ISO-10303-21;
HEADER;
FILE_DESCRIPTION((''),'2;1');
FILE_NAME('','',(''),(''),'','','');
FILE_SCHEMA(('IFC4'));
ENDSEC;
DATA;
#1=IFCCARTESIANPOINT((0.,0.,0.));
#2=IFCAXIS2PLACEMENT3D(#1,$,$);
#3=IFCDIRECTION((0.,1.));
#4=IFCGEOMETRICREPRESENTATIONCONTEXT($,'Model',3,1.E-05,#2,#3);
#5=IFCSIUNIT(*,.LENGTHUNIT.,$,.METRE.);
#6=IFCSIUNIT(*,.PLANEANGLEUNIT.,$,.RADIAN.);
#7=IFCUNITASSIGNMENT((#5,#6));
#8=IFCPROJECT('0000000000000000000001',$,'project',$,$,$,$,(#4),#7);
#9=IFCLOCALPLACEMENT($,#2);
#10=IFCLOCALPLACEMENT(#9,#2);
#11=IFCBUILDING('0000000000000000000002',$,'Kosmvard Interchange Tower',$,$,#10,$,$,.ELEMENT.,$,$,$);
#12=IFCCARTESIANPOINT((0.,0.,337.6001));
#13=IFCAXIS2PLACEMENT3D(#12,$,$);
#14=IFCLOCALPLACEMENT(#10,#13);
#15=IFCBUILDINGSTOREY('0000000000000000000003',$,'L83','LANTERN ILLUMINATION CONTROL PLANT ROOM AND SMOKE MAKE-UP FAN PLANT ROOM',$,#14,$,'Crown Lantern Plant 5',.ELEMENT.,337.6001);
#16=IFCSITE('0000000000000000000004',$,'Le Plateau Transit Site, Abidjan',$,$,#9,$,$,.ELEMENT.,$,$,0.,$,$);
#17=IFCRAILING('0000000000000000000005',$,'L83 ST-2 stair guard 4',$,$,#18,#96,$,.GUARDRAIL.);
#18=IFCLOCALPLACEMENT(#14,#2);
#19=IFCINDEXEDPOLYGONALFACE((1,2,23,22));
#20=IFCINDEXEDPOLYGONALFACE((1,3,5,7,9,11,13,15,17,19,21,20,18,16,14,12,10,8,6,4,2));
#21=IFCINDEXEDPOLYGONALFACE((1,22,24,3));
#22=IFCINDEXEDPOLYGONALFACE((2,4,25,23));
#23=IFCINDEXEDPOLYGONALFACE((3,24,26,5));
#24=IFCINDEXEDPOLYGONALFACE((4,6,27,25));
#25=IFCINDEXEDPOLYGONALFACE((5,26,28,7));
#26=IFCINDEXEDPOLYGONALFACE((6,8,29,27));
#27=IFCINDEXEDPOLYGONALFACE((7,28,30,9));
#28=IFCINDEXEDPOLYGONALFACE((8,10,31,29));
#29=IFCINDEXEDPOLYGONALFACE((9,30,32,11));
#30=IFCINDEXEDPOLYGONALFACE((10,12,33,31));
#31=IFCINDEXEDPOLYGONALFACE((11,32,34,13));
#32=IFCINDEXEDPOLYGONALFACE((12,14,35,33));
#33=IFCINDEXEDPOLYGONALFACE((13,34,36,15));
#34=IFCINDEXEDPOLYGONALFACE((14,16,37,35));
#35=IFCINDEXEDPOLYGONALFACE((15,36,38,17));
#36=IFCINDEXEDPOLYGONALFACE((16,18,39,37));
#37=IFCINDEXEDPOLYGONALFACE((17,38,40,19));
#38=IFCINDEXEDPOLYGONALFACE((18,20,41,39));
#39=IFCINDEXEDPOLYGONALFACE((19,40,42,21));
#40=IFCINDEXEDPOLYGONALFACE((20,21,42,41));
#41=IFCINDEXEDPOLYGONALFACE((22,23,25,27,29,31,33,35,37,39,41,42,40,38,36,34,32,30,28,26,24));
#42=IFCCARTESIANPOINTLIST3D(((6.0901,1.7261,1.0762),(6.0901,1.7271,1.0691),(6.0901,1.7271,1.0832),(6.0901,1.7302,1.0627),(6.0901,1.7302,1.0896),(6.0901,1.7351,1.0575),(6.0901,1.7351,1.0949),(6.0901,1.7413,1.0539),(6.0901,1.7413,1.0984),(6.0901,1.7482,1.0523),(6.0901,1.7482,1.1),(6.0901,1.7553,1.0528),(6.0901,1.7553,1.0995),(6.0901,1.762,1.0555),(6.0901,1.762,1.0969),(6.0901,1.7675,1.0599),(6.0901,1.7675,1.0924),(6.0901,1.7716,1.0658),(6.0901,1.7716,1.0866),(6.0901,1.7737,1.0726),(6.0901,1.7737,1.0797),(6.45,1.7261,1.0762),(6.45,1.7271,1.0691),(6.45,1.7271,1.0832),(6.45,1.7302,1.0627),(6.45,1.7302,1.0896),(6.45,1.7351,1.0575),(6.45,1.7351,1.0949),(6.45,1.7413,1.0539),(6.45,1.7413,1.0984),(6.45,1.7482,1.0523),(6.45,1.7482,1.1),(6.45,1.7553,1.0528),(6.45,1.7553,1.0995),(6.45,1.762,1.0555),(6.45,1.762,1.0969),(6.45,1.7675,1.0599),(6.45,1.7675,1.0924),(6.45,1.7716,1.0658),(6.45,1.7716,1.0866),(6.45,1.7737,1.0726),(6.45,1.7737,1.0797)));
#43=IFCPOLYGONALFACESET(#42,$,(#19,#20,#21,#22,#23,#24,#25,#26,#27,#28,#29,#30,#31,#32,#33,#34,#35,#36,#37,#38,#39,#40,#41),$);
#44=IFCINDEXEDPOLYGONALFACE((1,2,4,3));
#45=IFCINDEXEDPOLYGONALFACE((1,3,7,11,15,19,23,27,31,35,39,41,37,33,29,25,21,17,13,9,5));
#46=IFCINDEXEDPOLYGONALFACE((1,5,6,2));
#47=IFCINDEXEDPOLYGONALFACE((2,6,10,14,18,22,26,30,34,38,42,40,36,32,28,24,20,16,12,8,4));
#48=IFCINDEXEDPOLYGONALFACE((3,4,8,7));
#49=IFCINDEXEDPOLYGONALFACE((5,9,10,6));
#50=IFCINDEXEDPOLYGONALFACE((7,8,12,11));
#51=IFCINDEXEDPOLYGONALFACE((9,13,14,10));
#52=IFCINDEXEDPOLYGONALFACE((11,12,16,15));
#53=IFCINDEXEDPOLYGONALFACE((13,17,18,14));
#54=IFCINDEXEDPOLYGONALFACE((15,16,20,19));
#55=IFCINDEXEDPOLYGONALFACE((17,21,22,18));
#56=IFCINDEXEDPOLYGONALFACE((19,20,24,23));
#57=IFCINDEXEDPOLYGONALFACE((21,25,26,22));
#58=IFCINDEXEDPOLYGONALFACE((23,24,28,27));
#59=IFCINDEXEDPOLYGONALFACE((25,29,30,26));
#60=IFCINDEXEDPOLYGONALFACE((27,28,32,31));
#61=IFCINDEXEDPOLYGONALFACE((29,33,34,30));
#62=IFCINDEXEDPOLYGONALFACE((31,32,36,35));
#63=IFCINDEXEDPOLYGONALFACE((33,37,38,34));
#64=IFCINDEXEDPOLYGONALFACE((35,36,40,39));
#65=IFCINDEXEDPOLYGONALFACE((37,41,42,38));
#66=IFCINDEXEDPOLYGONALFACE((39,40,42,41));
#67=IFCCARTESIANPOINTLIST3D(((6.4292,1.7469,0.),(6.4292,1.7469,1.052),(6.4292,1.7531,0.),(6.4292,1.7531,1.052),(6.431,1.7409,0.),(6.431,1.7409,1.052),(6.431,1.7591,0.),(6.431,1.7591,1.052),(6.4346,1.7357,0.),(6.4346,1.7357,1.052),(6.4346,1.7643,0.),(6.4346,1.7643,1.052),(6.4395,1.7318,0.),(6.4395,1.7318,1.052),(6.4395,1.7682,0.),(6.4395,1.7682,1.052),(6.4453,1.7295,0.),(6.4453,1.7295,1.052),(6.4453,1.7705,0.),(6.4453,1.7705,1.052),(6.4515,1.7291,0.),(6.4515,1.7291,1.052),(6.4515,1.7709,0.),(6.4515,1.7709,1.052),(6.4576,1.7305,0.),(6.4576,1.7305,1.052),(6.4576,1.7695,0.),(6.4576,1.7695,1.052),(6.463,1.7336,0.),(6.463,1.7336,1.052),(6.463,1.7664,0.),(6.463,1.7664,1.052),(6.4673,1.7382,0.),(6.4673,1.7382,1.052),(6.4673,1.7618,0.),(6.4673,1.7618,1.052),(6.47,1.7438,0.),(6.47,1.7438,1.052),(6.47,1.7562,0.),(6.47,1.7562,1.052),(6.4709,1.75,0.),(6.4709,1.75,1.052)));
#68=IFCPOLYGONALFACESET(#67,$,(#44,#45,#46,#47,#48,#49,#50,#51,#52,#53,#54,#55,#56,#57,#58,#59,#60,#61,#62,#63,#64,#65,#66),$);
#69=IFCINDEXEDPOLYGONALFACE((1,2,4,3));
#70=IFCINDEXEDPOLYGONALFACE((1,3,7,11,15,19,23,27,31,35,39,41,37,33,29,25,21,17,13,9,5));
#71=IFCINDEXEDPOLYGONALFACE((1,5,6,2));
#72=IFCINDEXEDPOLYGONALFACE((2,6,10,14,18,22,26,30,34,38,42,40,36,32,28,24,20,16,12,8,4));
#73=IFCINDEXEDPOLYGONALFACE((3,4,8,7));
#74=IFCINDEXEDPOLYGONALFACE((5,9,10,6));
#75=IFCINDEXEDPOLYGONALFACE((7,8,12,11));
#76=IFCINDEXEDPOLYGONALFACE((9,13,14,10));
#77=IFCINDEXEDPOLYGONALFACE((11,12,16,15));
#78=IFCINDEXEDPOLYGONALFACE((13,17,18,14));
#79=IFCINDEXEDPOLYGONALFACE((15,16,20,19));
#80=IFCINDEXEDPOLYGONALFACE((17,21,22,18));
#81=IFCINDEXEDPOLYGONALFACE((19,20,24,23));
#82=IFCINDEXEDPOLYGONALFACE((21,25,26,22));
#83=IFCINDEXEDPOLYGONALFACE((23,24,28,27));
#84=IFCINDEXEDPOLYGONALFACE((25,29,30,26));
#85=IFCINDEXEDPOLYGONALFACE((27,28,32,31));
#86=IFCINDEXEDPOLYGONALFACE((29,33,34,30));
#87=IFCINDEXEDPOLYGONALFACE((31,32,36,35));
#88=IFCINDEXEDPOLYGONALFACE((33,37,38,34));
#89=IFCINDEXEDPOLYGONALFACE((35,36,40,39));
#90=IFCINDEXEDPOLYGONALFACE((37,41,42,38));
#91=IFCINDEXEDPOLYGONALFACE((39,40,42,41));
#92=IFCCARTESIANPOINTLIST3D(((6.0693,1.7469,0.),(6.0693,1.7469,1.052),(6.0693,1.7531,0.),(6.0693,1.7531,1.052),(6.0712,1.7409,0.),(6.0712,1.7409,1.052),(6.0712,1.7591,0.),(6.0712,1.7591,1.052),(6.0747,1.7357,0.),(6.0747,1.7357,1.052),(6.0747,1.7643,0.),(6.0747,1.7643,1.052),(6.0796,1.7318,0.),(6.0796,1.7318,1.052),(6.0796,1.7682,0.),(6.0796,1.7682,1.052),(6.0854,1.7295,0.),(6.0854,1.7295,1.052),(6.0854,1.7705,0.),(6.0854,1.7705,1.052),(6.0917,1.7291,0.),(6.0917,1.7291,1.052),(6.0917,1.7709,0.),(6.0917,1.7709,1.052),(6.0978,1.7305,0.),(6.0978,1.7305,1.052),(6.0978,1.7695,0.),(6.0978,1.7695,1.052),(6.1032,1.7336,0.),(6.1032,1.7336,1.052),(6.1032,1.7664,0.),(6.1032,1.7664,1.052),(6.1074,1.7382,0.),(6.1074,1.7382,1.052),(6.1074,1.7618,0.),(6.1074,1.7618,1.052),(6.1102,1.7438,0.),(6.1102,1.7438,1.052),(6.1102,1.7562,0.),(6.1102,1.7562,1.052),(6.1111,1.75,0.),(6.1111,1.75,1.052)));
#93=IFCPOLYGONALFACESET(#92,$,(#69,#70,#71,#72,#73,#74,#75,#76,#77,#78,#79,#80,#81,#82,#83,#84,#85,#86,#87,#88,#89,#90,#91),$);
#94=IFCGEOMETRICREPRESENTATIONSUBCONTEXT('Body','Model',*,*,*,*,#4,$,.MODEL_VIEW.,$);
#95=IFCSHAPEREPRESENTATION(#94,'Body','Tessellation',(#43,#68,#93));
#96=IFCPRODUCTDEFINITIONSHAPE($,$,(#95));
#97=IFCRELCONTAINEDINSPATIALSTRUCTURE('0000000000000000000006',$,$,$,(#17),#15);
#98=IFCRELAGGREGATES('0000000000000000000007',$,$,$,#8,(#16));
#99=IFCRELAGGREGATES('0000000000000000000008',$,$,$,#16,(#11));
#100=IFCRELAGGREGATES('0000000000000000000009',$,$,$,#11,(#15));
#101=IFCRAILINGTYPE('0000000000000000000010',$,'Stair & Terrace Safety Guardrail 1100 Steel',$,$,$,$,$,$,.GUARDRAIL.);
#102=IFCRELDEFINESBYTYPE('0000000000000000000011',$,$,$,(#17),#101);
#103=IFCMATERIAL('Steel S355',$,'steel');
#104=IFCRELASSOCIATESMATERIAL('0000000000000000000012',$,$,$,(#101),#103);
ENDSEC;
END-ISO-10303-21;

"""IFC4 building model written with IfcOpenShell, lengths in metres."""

from ifc_helpers import new_model, si_unit, direction, frame, origin, origin_2d, place, context, subcontext, project, spatial, circle, extrude, source, transform, mapped, material, type_object, element, save


model = new_model("IFC4")

# Units and contexts
model_context = context("Model", 3, precision=1e-05, world=origin(), true_north=direction((0.0, 1.0)))
body_context = subcontext(model_context, "Body", "Model", "MODEL_VIEW")
ifc_project = project(units=[si_unit("LENGTHUNIT", "METRE"), si_unit("PLANEANGLEUNIT", "RADIAN")], contexts=[model_context])

# Site, building, storey
site_placement = place(None, origin())
site = spatial("IfcSite", under=ifc_project, at=site_placement, Name="Le Plateau Transit Site, Abidjan", CompositionType="ELEMENT", RefElevation=0.0)
building_placement = place(site_placement, origin())
building = spatial("IfcBuilding", under=site, at=building_placement, Name="Kosmvard Interchange Tower", CompositionType="ELEMENT")
storey_placement = place(building_placement, frame((0.0, 0.0, 337.6001)))
storey = spatial("IfcBuildingStorey", under=building, at=storey_placement, Name="L83", Description="LANTERN ILLUMINATION CONTROL PLANT ROOM AND SMOKE MAKE-UP FAN PLANT ROOM", LongName="Crown Lantern Plant 5", CompositionType="ELEMENT", Elevation=337.6001)

# Shared definitions
ifc_material_1 = material(Name="Steel S355", Category="steel")

# Railing
railing_type_1 = type_object("IfcRailingType", Name="Stair & Terrace Safety Guardrail 1100 Steel", PredefinedType="GUARDRAIL", material=ifc_material_1)
shared_shape_1 = source(origin(), body_context, "Body", "SweptSolid", [
    extrude(circle(Radius=0.0239, at=origin_2d()), frame((0.0, 0.0, 1.0762), z_axis=(-1.0, 0.0, 0.0), x_axis=(0.0, -1.0, 0.0)), (0.0, 0.0, 1.0), 0.3599),
    extrude(circle(Radius=0.021, at=origin_2d()), origin(), (0.0, 0.0, 1.0), 1.052),
    extrude(circle(Radius=0.021, at=origin_2d()), frame((-0.3599, 0.0, 0.0)), (0.0, 0.0, 1.0), 1.052),
])
for number, where, name in (
    (1, (6.45, 1.75, 0.0), "L83 ST-2 stair guard 4"),
):
    element("IfcRailing", number, at=place(storey_placement, frame(where)), inside=storey, type_object=railing_type_1, Name=name, PredefinedType="GUARDRAIL", context=body_context, shape_type="MappedRepresentation", body=[
        mapped(shared_shape_1, transform((0.0, 0.0, 0.0), scale=1.0)),
    ])

save(model, "model.ifc")
